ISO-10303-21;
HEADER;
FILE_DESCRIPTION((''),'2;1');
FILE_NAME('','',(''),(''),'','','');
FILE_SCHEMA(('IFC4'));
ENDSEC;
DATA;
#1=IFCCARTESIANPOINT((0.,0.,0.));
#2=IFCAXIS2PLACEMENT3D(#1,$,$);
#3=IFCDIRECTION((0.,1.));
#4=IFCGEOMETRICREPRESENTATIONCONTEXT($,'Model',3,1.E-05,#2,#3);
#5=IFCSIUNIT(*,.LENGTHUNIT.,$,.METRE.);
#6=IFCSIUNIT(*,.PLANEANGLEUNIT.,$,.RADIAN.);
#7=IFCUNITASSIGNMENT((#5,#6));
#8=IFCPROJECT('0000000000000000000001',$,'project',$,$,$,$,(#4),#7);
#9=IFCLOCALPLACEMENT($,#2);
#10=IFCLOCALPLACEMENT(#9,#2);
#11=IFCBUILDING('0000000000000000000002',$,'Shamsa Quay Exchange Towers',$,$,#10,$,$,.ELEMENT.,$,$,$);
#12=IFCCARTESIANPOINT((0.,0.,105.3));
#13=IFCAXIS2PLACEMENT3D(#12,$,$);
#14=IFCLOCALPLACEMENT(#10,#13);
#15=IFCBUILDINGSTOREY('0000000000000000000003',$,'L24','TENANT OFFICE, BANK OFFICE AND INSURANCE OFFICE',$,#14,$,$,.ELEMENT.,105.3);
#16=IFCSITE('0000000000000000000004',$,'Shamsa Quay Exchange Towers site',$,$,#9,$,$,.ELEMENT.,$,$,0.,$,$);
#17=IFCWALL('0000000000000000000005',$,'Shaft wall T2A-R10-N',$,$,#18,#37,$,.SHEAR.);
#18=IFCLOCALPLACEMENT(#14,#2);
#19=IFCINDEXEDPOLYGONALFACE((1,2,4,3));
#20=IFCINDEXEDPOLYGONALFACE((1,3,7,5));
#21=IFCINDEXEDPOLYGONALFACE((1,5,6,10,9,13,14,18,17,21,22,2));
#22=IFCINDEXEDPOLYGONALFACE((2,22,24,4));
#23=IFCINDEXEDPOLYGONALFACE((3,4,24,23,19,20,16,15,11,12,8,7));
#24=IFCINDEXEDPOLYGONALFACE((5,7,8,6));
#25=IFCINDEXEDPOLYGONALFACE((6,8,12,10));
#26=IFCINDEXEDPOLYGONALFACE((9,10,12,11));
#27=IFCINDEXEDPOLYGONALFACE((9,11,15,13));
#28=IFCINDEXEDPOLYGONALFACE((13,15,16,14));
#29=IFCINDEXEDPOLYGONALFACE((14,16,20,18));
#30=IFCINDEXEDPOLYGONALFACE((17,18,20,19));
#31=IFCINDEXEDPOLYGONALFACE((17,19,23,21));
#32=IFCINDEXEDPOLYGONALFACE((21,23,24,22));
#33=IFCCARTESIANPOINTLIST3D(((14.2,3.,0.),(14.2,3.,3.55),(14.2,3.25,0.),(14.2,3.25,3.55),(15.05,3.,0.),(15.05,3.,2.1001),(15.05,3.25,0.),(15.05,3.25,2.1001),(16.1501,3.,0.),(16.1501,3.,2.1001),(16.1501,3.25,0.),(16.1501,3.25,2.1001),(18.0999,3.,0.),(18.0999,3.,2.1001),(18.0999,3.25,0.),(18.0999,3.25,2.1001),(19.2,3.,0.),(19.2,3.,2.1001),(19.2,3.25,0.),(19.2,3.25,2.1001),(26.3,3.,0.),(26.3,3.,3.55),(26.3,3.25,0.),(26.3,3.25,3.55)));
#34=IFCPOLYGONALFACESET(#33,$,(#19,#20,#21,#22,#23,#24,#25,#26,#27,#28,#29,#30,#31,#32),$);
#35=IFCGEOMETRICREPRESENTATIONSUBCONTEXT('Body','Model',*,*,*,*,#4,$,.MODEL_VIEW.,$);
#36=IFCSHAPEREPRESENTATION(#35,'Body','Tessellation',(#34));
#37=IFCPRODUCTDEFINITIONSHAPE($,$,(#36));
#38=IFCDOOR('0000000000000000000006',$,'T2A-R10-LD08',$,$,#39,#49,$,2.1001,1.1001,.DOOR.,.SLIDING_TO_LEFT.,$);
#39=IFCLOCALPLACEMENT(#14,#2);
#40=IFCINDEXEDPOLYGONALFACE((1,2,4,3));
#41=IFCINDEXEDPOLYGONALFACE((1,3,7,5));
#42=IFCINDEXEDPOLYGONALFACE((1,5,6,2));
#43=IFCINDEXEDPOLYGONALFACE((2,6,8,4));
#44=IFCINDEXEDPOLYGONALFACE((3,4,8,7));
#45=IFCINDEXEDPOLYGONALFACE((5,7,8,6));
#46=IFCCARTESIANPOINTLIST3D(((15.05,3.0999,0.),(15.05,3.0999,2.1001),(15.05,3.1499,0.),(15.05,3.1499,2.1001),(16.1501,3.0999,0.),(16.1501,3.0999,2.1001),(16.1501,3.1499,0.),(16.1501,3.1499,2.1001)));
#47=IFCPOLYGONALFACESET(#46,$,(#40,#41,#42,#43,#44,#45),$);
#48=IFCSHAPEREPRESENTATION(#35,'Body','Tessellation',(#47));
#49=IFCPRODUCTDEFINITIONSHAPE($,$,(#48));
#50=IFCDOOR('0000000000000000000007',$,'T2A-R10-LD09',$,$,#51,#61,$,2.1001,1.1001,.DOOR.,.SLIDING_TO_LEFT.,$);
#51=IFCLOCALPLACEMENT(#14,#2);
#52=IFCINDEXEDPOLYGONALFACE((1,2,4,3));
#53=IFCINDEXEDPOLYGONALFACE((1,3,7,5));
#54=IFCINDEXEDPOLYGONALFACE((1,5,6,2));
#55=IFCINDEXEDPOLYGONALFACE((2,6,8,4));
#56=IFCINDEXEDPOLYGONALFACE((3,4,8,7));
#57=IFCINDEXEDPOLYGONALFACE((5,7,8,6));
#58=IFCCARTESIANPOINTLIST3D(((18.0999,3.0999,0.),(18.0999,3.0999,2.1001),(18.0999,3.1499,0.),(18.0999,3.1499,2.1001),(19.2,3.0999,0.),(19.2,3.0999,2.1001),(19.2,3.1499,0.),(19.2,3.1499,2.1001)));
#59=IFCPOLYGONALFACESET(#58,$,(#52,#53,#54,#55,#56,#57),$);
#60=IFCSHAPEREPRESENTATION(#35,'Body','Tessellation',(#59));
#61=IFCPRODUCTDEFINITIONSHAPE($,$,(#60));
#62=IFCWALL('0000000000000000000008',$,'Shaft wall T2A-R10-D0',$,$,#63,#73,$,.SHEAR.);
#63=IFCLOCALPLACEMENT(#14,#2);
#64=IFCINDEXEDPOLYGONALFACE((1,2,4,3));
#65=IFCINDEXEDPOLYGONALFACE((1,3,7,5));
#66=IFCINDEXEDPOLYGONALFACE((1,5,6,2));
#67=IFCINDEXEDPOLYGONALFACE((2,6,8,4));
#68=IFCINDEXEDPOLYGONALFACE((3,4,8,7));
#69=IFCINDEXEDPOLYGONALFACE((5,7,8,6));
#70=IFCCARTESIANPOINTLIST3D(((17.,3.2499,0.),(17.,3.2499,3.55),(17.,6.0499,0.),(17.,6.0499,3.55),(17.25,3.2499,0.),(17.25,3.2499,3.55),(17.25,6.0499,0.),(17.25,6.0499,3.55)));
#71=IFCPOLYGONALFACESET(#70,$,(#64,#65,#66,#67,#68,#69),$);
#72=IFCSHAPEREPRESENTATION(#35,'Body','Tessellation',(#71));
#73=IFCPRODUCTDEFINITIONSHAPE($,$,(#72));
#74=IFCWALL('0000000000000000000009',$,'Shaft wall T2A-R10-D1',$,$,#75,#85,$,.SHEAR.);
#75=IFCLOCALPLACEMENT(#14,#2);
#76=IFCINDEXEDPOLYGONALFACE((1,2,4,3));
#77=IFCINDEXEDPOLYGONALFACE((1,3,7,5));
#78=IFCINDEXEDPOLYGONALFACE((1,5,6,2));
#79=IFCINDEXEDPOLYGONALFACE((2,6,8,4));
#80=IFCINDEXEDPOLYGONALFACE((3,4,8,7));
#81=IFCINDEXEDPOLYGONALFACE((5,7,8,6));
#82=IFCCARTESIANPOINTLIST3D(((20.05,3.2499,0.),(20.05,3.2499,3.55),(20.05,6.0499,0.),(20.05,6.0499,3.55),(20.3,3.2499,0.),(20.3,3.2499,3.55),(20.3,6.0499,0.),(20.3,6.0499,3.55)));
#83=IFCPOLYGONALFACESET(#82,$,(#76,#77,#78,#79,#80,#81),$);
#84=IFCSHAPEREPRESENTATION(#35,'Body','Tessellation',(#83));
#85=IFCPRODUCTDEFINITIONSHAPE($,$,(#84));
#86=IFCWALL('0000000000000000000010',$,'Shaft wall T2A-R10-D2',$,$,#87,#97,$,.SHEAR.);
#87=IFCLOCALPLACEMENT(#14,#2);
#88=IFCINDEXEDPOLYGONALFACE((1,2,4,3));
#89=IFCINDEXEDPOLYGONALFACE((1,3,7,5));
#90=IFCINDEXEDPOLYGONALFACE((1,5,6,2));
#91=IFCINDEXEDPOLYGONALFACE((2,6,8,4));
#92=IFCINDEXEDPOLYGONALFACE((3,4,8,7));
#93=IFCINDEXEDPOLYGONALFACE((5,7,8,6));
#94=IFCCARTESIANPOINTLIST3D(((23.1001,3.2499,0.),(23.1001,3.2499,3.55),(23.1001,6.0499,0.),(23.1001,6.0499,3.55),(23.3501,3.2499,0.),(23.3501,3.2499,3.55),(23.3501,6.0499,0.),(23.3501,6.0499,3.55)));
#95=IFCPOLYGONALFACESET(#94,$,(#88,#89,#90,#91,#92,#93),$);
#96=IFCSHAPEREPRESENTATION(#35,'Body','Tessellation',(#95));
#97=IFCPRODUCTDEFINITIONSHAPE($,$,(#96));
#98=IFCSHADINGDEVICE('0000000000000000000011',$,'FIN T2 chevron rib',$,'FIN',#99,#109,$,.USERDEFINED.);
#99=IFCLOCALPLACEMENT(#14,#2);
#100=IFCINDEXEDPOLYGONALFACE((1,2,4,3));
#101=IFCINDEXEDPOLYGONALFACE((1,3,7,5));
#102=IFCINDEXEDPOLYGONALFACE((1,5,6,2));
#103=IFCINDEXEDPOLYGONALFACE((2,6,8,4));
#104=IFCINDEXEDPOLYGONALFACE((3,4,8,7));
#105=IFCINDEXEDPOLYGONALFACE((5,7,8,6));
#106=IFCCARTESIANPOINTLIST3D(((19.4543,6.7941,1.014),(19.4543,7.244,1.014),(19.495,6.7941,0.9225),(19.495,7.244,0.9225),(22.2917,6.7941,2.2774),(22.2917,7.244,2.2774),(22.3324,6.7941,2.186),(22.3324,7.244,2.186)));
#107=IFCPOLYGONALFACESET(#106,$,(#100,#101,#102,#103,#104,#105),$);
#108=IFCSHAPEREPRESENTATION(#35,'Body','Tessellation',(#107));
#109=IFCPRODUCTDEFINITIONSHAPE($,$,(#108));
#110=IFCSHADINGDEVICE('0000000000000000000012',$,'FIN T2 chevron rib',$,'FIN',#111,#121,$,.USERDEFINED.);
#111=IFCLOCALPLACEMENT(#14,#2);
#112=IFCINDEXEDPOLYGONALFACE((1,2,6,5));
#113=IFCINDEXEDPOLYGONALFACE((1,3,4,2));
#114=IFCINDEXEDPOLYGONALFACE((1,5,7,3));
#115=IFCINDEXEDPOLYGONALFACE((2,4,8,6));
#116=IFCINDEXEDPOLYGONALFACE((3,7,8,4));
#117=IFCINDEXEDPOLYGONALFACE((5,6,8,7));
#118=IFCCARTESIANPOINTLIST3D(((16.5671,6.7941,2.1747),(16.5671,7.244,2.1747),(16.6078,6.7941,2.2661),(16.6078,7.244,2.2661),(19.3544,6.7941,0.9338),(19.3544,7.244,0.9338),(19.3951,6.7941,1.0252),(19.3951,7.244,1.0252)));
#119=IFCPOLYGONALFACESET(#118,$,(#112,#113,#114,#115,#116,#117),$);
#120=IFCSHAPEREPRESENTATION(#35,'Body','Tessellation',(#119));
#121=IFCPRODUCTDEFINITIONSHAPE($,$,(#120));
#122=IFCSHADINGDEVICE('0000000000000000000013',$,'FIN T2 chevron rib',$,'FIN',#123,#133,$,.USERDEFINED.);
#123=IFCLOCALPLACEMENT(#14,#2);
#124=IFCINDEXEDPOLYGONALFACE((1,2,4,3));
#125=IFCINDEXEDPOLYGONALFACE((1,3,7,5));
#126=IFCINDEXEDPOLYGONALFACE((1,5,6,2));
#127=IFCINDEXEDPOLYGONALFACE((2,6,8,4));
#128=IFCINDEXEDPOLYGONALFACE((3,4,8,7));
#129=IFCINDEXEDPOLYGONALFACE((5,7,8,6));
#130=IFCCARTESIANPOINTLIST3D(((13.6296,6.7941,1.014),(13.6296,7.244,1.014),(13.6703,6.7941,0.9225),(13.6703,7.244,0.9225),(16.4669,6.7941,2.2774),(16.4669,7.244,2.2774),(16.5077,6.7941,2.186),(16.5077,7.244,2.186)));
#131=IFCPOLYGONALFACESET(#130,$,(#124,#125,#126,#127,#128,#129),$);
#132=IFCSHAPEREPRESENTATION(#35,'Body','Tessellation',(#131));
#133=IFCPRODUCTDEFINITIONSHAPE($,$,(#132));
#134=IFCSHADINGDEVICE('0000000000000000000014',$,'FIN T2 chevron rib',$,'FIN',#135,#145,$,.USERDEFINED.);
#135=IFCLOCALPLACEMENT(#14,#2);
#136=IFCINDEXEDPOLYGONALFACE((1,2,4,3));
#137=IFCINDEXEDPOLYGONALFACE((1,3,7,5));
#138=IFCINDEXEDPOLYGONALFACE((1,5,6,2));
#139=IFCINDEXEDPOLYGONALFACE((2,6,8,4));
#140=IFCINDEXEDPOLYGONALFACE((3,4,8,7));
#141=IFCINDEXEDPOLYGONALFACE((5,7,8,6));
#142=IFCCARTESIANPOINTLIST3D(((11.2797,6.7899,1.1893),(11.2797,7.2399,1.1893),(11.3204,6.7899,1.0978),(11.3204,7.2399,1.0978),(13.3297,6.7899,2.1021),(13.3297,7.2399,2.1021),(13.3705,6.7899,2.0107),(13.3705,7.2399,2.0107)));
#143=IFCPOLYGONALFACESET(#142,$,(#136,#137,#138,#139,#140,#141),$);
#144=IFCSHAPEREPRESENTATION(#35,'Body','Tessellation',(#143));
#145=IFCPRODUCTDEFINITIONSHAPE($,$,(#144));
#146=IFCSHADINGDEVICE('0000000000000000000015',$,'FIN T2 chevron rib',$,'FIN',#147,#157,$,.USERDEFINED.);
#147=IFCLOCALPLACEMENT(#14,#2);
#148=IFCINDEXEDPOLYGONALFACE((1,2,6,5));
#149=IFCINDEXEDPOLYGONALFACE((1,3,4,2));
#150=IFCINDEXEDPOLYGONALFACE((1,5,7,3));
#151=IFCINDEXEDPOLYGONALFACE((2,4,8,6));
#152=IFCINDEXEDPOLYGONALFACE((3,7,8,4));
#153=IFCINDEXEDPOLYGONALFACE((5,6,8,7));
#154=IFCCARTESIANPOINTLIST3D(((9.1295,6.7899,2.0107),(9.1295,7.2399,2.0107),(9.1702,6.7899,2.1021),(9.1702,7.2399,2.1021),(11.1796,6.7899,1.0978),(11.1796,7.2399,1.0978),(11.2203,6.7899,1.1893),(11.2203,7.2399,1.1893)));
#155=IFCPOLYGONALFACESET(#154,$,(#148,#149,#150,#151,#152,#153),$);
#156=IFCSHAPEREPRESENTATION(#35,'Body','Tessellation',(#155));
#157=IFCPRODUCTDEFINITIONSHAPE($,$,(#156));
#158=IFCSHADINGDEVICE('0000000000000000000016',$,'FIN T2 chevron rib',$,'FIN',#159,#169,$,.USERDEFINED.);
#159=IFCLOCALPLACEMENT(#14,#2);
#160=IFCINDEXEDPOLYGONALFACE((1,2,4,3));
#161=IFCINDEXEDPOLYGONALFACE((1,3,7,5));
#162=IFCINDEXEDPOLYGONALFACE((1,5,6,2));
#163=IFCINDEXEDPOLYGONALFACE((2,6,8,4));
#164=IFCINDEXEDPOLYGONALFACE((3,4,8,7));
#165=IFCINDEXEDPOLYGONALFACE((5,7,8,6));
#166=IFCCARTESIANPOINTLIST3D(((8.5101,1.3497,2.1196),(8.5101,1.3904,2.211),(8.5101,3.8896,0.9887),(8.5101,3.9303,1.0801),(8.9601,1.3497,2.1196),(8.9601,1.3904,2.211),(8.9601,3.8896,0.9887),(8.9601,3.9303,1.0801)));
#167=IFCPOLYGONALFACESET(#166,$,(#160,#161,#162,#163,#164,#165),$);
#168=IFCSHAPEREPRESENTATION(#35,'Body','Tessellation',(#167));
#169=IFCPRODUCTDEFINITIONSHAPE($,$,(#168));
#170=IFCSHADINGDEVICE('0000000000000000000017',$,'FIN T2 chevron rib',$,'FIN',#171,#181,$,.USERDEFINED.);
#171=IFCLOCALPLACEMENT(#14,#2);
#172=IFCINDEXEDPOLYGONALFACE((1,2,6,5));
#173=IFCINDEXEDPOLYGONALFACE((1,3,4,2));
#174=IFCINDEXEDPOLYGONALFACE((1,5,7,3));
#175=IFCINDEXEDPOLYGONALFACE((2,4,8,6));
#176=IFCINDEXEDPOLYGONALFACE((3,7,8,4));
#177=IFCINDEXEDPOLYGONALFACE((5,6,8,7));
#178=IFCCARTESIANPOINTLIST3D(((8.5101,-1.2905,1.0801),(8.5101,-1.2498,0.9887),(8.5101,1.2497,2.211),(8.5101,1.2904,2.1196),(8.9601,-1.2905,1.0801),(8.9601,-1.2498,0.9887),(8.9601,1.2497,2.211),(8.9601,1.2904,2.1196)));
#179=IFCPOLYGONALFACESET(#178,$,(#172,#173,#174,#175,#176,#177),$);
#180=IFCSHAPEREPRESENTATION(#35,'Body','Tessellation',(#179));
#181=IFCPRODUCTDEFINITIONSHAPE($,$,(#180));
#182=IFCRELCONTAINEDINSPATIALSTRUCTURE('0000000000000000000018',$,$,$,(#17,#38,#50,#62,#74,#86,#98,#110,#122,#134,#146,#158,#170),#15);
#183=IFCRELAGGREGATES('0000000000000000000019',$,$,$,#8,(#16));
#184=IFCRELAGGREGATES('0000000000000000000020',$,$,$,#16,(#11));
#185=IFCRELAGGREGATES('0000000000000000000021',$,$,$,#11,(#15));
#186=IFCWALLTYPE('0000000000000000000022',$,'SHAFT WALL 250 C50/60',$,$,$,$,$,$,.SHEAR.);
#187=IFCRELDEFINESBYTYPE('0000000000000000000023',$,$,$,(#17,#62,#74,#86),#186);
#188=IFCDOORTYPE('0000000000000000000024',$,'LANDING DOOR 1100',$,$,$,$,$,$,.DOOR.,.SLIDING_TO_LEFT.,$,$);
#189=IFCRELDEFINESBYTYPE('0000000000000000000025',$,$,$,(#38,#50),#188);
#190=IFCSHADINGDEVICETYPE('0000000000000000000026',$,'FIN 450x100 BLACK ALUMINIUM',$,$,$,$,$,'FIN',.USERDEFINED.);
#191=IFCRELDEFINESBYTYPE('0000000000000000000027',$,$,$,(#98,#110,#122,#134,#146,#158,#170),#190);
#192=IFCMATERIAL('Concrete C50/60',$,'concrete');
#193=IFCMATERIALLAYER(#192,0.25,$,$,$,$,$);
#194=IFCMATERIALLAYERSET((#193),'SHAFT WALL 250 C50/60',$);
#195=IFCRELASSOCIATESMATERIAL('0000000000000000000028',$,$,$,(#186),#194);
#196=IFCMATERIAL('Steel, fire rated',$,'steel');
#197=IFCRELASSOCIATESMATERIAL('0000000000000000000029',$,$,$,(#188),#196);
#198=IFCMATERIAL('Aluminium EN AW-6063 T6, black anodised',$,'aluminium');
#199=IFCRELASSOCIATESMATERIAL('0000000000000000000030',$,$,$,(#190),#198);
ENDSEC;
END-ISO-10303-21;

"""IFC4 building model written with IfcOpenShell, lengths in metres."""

from ifc_helpers import new_model, si_unit, direction, frame, frame_2d, origin, origin_2d, place, context, subcontext, project, spatial, rectangle, extrude, material, layer, layer_set, material_profile, profile_set, type_object, element, fill, save


model = new_model("IFC4")

# Units and contexts
model_context = context("Model", 3, precision=1e-05, world=origin(), true_north=direction((0.0, 1.0)))
body_context = subcontext(model_context, "Body", "Model", "MODEL_VIEW")
ifc_project = project(units=[si_unit("LENGTHUNIT", "METRE"), si_unit("PLANEANGLEUNIT", "RADIAN")], contexts=[model_context])

# Site, building, storey
site_placement = place(None, origin())
site = spatial("IfcSite", under=ifc_project, at=site_placement, Name="Shamsa Quay Exchange Towers site", CompositionType="ELEMENT", RefElevation=0.0)
building_placement = place(site_placement, origin())
building = spatial("IfcBuilding", under=site, at=building_placement, Name="Shamsa Quay Exchange Towers", CompositionType="ELEMENT")
storey_placement = place(building_placement, frame((0.0, 0.0, 105.3)))
storey = spatial("IfcBuildingStorey", under=building, at=storey_placement, Name="L24", Description="TENANT OFFICE, BANK OFFICE AND INSURANCE OFFICE", CompositionType="ELEMENT", Elevation=105.3)

# Shared definitions
ifc_material_1 = material(Name="Aluminium EN AW-6063 T6, black anodised", Category="aluminium")

# Shared definitions
ifc_material_2 = material(Name="Steel, fire rated", Category="steel")

# Wall, openings, doors
ifc_material_3 = material(Name="Concrete C50/60", Category="concrete")
ifc_layer_1 = layer(ifc_material_3, 0.25)
ifc_layer_set_1 = layer_set([ifc_layer_1], Name="SHAFT WALL 250 C50/60")
wall_type_1 = type_object("IfcWallType", Name="SHAFT WALL 250 C50/60", PredefinedType="SHEAR", material=ifc_layer_set_1)
wall_1_placement = place(storey_placement, frame((14.2, 3.125, 0.0)))
wall_1 = element("IfcWall", 1, at=wall_1_placement, inside=storey, type_object=wall_type_1, Name="Shaft wall T2A-R10-N", PredefinedType="SHEAR", context=body_context, shape_type="SweptSolid", body=[
    extrude(rectangle(XDim=12.1001, YDim=0.25, at=frame_2d((6.05, 0.0))), origin(), (0.0, 0.0, 1.0), 3.55),
])
opening_1_placement = place(wall_1_placement, frame((0.8501, 0.0, 0.0)))
opening_1 = element("IfcOpeningElement", 2, at=opening_1_placement, cuts=wall_1, PredefinedType="OPENING", context=body_context, shape_type="SweptSolid", body=[
    extrude(rectangle(XDim=1.1001, YDim=2.1001, at=frame_2d((0.55, 1.05))), frame((0.0, 0.135, 0.0), z_axis=(0.0, -1.0, 0.0), x_axis=(1.0, 0.0, 0.0)), (0.0, 0.0, 1.0), 0.27),
])
opening_2_placement = place(wall_1_placement, frame((3.8999, 0.0, 0.0)))
opening_2 = element("IfcOpeningElement", 3, at=opening_2_placement, cuts=wall_1, PredefinedType="OPENING", context=body_context, shape_type="SweptSolid", body=[
    extrude(rectangle(XDim=1.1001, YDim=2.1001, at=frame_2d((0.55, 1.05))), frame((0.0, 0.135, 0.0), z_axis=(0.0, -1.0, 0.0), x_axis=(1.0, 0.0, 0.0)), (0.0, 0.0, 1.0), 0.27),
])
door_type_1 = type_object("IfcDoorType", Name="LANDING DOOR 1100", OperationType="SLIDING_TO_LEFT", PredefinedType="DOOR", material=ifc_material_2)
door_1_placement = place(opening_1_placement, origin())
door_1 = element("IfcDoor", 4, at=door_1_placement, inside=storey, type_object=door_type_1, Name="T2A-R10-LD08", OperationType="SLIDING_TO_LEFT", OverallHeight=2.1001, OverallWidth=1.1001, PredefinedType="DOOR", context=body_context, shape_type="SweptSolid", body=[
    extrude(rectangle(XDim=1.1001, YDim=2.1001, at=frame_2d((0.55, 1.05))), frame((0.0, 0.0249, 0.0), z_axis=(0.0, -1.0, 0.0), x_axis=(1.0, 0.0, 0.0)), (0.0, 0.0, 1.0), 0.05),
])
fill(opening_1, door_1)
door_2_placement = place(opening_2_placement, origin())
door_2 = element("IfcDoor", 5, at=door_2_placement, inside=storey, type_object=door_type_1, Name="T2A-R10-LD09", OperationType="SLIDING_TO_LEFT", OverallHeight=2.1001, OverallWidth=1.1001, PredefinedType="DOOR", context=body_context, shape_type="SweptSolid", body=[
    extrude(rectangle(XDim=1.1001, YDim=2.1001, at=frame_2d((0.55, 1.05))), frame((0.0, 0.0249, 0.0), z_axis=(0.0, -1.0, 0.0), x_axis=(1.0, 0.0, 0.0)), (0.0, 0.0, 1.0), 0.05),
])
fill(opening_2, door_2)

# Walls
for number, where, z_axis, x_axis, name in (
    (6, (17.125, 3.25, 0.0), (0.0, 0.0, 1.0), (0.0, 1.0, 0.0), "Shaft wall T2A-R10-D0"),
    (7, (20.175, 3.25, 0.0), (0.0, 0.0, 1.0), (0.0, 1.0, 0.0), "Shaft wall T2A-R10-D1"),
    (8, (23.2251, 3.25, 0.0), (0.0, 0.0, 1.0), (0.0, 1.0, 0.0), "Shaft wall T2A-R10-D2"),
):
    element("IfcWall", number, at=place(storey_placement, frame(where, z_axis=z_axis, x_axis=x_axis)), inside=storey, type_object=wall_type_1, Name=name, PredefinedType="SHEAR", context=body_context, shape_type="SweptSolid", body=[
        extrude(rectangle(XDim=2.8, YDim=0.25, at=frame_2d((1.3999, 0.0))), origin(), (0.0, 0.0, 1.0), 3.55),
    ])

# Shading devices
ifc_material_profile_1 = material_profile(ifc_material_1, rectangle(XDim=0.45, YDim=0.1001, at=origin_2d()), Name="FIN450x100")
ifc_profile_set_1 = profile_set([ifc_material_profile_1], Name="Aluminium EN AW-6063 T6, black anodised")
shading_device_type = type_object("IfcShadingDeviceType", Name="FIN 450x100 BLACK ALUMINIUM", ElementType="FIN", PredefinedType="USERDEFINED", material=ifc_profile_set_1)
shading_device_1_placement = place(storey_placement, frame((22.312, 7.019, 2.2317), z_axis=(-0.913529, 0.0, -0.406773), x_axis=(0.0, -1.0, 0.0)))
element("IfcShadingDevice", 9, at=shading_device_1_placement, inside=storey, type_object=shading_device_type, Name="FIN T2 chevron rib", ObjectType="FIN", PredefinedType="USERDEFINED", context=body_context, shape_type="SweptSolid", body=[
    extrude(rectangle(XDim=0.45, YDim=0.1001, at=origin_2d()), origin(), (0.0, 0.0, 1.0), 3.106),
])
shading_device_2_placement = place(storey_placement, frame((19.3748, 7.019, 0.9795), z_axis=(-0.913551, 0.0, 0.406725), x_axis=(0.0, -1.0, 0.0)))
element("IfcShadingDevice", 10, at=shading_device_2_placement, inside=storey, type_object=shading_device_type, Name="FIN T2 chevron rib", ObjectType="FIN", PredefinedType="USERDEFINED", context=body_context, shape_type="SweptSolid", body=[
    extrude(rectangle(XDim=0.45, YDim=0.1001, at=origin_2d()), origin(), (0.0, 0.0, 1.0), 3.051),
])
shading_device_3_placement = place(storey_placement, frame((16.4873, 7.019, 2.2317), z_axis=(-0.913529, 0.0, -0.406773), x_axis=(0.0, -1.0, 0.0)))
element("IfcShadingDevice", 11, at=shading_device_3_placement, inside=storey, type_object=shading_device_type, Name="FIN T2 chevron rib", ObjectType="FIN", PredefinedType="USERDEFINED", context=body_context, shape_type="SweptSolid", body=[
    extrude(rectangle(XDim=0.45, YDim=0.1001, at=origin_2d()), origin(), (0.0, 0.0, 1.0), 3.106),
])
for number, where, z_axis, x_axis, name in (
    (12, (13.3501, 7.0149, 2.0564), (-0.913529, 0.0, -0.406774), (0.0, -1.0, 0.0), "FIN T2 chevron rib"),
    (13, (11.2, 7.0149, 1.1436), (-0.913529, 0.0, 0.406774), (0.0, -1.0, 0.0), "FIN T2 chevron rib"),
):
    element("IfcShadingDevice", number, at=place(storey_placement, frame(where, z_axis=z_axis, x_axis=x_axis)), inside=storey, type_object=shading_device_type, Name=name, ObjectType="FIN", PredefinedType="USERDEFINED", context=body_context, shape_type="SweptSolid", body=[
        extrude(rectangle(XDim=0.45, YDim=0.1001, at=origin_2d()), origin(), (0.0, 0.0, 1.0), 2.2441),
    ])
shading_device_4_placement = place(storey_placement, frame((8.7351, 3.9099, 1.0344), z_axis=(0.0, -0.913536, 0.406758), x_axis=(1.0, 0.0, 0.0)))
element("IfcShadingDevice", 14, at=shading_device_4_placement, inside=storey, type_object=shading_device_type, Name="FIN T2 chevron rib", ObjectType="FIN", PredefinedType="USERDEFINED", context=body_context, shape_type="SweptSolid", body=[
    extrude(rectangle(XDim=0.45, YDim=0.1001, at=origin_2d()), origin(), (0.0, 0.0, 1.0), 2.7803),
])
shading_device_5_placement = place(storey_placement, frame((8.7351, 1.27, 2.1653), z_axis=(0.0, -0.913551, -0.406725), x_axis=(1.0, 0.0, 0.0)))
element("IfcShadingDevice", 15, at=shading_device_5_placement, inside=storey, type_object=shading_device_type, Name="FIN T2 chevron rib", ObjectType="FIN", PredefinedType="USERDEFINED", context=body_context, shape_type="SweptSolid", body=[
    extrude(rectangle(XDim=0.45, YDim=0.1001, at=origin_2d()), origin(), (0.0, 0.0, 1.0), 2.7805),
])

save(model, "model.ifc")
